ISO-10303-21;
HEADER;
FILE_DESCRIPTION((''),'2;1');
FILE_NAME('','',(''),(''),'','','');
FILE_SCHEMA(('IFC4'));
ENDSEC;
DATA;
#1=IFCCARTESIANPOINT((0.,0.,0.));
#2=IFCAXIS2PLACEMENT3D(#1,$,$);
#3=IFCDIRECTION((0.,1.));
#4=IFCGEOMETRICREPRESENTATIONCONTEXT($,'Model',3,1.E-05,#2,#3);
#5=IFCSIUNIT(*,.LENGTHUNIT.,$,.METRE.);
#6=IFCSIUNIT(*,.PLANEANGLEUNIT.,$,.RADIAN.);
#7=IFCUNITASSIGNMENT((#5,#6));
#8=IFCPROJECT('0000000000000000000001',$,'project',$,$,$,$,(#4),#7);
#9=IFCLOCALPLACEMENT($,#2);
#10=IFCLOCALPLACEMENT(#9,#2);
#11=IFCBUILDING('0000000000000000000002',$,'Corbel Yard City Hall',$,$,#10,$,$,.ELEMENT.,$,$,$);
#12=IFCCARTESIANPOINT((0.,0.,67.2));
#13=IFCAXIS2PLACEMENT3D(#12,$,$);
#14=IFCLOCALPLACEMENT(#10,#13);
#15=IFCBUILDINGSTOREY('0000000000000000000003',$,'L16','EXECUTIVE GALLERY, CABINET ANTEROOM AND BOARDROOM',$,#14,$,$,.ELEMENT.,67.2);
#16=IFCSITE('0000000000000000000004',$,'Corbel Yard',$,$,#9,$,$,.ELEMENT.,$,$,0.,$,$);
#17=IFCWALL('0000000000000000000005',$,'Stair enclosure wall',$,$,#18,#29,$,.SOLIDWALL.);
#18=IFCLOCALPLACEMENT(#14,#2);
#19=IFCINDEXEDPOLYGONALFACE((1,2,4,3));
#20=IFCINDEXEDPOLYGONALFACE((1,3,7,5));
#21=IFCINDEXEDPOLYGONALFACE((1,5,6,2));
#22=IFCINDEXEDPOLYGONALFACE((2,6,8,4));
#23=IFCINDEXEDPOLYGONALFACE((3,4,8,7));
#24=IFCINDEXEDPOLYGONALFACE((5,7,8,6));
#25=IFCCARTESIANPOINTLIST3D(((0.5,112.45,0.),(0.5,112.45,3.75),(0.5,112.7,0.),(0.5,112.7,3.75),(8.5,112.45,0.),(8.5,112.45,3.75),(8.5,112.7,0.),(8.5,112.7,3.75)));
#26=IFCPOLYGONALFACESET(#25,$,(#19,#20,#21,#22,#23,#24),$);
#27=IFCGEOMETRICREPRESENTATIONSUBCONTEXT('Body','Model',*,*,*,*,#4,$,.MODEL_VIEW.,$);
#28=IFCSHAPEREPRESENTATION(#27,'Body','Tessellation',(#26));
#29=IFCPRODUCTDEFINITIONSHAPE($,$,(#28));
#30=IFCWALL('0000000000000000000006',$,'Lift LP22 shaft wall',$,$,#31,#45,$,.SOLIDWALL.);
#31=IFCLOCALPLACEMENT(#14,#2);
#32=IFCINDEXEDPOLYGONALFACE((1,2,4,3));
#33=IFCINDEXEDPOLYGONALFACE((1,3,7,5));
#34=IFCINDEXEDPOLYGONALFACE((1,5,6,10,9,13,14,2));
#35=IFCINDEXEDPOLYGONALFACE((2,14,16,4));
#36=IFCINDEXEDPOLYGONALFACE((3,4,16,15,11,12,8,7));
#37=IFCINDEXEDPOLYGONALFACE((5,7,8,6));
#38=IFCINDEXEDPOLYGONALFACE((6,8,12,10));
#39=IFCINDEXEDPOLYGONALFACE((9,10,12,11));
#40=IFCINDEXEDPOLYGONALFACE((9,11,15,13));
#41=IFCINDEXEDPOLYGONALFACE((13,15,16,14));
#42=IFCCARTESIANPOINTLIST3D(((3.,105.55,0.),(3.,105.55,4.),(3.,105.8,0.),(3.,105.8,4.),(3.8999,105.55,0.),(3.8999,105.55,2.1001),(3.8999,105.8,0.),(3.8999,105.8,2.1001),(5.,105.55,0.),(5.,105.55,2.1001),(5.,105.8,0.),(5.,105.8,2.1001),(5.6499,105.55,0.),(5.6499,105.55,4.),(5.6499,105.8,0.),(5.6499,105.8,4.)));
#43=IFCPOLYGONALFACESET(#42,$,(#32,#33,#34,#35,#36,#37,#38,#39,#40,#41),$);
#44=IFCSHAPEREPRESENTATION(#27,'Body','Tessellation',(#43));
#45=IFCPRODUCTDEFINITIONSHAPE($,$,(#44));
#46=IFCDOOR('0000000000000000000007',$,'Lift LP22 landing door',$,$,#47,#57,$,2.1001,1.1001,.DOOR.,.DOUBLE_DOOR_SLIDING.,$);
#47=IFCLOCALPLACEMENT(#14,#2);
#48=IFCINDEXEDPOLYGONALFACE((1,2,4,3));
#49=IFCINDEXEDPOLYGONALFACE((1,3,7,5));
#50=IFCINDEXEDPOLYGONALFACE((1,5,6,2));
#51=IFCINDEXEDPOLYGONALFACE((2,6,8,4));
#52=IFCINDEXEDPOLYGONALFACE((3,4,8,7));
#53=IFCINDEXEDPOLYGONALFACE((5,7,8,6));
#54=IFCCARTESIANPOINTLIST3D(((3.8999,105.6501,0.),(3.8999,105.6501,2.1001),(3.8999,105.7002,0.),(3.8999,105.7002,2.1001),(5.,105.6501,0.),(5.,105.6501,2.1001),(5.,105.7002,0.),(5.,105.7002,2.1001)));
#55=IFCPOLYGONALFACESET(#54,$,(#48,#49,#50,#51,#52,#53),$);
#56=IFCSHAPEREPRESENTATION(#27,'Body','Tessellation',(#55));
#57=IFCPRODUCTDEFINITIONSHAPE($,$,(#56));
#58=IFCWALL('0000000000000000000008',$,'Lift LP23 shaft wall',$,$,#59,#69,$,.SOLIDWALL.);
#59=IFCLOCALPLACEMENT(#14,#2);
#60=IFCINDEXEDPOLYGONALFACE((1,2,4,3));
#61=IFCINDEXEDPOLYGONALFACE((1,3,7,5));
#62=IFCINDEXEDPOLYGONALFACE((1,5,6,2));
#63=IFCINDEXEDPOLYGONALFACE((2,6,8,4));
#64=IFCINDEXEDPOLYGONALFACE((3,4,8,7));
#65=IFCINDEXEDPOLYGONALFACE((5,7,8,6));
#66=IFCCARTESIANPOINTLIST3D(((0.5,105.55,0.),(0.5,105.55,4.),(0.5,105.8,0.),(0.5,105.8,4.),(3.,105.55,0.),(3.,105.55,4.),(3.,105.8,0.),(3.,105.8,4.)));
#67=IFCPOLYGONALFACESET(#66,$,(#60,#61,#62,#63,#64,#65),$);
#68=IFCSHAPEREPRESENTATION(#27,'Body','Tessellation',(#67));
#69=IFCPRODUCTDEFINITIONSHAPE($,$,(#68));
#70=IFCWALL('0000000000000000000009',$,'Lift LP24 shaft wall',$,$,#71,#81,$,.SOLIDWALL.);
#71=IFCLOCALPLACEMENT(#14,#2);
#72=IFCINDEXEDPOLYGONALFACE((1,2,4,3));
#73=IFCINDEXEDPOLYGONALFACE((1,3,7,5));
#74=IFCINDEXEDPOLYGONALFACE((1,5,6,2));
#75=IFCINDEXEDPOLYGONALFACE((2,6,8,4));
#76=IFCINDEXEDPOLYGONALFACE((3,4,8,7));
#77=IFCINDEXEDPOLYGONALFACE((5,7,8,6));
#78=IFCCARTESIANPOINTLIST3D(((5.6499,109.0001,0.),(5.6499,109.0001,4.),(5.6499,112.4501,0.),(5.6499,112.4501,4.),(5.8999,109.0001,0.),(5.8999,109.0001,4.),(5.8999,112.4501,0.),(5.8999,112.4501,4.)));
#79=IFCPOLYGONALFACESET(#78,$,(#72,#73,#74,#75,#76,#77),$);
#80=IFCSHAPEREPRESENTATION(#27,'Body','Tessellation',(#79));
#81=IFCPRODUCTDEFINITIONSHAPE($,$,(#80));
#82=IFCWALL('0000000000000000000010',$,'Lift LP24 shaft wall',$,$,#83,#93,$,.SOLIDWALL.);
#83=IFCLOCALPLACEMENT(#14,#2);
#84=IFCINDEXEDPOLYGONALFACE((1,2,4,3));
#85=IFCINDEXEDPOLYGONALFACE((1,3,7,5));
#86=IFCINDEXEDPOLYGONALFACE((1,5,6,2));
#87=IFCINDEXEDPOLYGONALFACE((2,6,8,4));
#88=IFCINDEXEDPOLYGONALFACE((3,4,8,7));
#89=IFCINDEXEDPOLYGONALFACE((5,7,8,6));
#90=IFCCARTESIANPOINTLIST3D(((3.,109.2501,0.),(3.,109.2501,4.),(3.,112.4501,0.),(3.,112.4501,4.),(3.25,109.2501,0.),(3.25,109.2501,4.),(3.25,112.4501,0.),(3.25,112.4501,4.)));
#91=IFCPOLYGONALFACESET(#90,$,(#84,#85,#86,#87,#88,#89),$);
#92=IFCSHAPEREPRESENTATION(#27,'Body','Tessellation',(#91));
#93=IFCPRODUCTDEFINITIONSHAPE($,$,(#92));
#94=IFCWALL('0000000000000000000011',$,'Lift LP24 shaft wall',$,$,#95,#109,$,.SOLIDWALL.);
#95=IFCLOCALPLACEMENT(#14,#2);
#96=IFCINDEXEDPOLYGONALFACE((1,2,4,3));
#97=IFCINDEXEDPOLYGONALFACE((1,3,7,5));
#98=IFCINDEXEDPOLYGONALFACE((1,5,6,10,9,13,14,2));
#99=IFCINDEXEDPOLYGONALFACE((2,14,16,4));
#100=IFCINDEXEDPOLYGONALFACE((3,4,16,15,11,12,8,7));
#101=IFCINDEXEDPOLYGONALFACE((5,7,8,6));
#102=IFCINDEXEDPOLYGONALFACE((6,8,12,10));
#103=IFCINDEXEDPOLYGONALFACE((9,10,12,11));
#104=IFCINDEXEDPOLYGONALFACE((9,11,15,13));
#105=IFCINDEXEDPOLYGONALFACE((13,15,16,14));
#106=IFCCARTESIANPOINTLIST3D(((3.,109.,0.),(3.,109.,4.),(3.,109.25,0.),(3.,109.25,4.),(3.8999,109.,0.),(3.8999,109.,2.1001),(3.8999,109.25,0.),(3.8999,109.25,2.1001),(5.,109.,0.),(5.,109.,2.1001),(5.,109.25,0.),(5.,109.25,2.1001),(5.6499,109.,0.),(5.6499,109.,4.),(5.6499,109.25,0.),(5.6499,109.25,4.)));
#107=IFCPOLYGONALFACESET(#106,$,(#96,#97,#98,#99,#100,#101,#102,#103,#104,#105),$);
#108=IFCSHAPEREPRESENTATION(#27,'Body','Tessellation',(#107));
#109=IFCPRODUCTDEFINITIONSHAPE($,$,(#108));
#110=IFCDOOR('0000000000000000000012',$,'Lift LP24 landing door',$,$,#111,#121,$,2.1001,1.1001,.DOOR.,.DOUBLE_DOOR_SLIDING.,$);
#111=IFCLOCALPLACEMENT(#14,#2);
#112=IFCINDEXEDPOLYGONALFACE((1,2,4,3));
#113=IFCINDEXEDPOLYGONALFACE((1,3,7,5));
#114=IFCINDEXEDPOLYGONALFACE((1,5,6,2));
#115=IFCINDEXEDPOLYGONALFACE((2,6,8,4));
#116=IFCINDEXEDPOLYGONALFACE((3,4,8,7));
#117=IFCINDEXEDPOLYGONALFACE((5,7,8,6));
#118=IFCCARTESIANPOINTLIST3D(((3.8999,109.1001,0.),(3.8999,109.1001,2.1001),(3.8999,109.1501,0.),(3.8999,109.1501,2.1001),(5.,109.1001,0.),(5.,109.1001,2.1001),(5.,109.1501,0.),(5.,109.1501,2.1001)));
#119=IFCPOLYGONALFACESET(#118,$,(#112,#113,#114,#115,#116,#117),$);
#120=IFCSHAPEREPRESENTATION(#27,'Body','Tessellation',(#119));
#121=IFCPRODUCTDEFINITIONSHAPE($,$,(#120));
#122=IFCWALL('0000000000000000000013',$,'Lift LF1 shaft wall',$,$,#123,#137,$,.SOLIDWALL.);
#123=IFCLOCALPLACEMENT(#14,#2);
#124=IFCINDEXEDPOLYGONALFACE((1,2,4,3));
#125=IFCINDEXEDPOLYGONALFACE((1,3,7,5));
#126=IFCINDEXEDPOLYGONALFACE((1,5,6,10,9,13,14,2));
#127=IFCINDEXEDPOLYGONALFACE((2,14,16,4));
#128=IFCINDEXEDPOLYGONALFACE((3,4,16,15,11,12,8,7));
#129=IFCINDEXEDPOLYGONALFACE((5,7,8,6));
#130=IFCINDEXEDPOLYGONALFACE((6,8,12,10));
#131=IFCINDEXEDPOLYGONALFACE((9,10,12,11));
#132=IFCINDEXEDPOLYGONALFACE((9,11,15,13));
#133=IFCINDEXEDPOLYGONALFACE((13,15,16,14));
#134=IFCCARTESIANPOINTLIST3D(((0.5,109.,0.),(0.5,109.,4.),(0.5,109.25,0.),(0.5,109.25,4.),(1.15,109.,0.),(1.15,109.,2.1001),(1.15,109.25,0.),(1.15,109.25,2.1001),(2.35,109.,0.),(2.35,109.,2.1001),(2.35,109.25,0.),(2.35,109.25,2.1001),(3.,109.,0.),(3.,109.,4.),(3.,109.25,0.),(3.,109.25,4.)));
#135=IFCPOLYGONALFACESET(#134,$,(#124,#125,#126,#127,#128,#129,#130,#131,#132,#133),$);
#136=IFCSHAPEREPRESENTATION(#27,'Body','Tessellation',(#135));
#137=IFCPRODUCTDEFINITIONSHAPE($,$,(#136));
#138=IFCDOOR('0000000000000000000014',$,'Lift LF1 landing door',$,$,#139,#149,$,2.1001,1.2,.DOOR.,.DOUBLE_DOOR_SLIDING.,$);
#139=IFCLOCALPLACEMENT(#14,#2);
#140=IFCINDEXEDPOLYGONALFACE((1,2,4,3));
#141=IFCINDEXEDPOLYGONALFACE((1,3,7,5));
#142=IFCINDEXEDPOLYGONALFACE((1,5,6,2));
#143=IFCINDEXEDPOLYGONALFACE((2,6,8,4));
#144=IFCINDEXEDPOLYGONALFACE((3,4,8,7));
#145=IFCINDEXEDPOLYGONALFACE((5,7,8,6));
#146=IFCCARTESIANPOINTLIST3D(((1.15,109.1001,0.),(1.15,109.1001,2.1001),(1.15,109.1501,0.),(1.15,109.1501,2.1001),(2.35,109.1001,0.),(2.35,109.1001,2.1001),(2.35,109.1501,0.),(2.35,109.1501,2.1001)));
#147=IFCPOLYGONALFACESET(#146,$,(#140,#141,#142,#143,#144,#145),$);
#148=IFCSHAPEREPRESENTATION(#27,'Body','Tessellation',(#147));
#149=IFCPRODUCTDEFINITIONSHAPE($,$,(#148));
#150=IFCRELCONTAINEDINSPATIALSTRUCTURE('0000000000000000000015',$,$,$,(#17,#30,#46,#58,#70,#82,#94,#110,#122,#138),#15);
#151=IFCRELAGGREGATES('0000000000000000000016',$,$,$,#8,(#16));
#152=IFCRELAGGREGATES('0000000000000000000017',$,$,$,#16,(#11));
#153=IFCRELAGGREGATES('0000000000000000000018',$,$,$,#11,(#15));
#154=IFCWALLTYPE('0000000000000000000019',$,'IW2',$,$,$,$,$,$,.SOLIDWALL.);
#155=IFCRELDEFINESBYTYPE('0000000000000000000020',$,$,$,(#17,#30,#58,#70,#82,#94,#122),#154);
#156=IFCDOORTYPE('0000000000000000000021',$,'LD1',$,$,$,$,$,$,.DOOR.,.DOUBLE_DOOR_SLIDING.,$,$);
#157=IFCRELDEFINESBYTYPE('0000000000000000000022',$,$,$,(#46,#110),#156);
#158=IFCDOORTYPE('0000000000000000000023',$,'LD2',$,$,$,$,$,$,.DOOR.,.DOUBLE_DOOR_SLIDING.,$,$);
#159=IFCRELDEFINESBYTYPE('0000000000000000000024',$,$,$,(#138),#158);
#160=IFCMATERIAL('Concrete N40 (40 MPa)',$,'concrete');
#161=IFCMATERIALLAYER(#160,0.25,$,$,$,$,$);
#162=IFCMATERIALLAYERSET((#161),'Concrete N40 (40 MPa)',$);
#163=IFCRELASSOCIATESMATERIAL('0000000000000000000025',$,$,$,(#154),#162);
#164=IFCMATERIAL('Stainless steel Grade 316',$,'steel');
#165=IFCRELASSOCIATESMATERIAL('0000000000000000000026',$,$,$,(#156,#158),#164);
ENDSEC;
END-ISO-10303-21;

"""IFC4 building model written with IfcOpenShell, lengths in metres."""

from ifc_helpers import new_model, si_unit, direction, frame, frame_2d, origin, place, context, subcontext, project, spatial, rectangle, extrude, material, layer, layer_set, type_object, element, fill, save


model = new_model("IFC4")

# Units and contexts
model_context = context("Model", 3, precision=1e-05, world=origin(), true_north=direction((0.0, 1.0)))
body_context = subcontext(model_context, "Body", "Model", "MODEL_VIEW")
ifc_project = project(units=[si_unit("LENGTHUNIT", "METRE"), si_unit("PLANEANGLEUNIT", "RADIAN")], contexts=[model_context])

# Site, building, storey
site_placement = place(None, origin())
site = spatial("IfcSite", under=ifc_project, at=site_placement, Name="Corbel Yard", CompositionType="ELEMENT", RefElevation=0.0)
building_placement = place(site_placement, origin())
building = spatial("IfcBuilding", under=site, at=building_placement, Name="Corbel Yard City Hall", CompositionType="ELEMENT")
storey_placement = place(building_placement, frame((0.0, 0.0, 67.2)))
storey = spatial("IfcBuildingStorey", under=building, at=storey_placement, Name="L16", Description="EXECUTIVE GALLERY, CABINET ANTEROOM AND BOARDROOM", CompositionType="ELEMENT", Elevation=67.2)

# Wall
ifc_material_1 = material(Name="Concrete N40 (40 MPa)", Category="concrete")
ifc_layer_1 = layer(ifc_material_1, 0.25)
ifc_layer_set_1 = layer_set([ifc_layer_1], Name="Concrete N40 (40 MPa)")
wall_type_1 = type_object("IfcWallType", Name="IW2", PredefinedType="SOLIDWALL", material=ifc_layer_set_1)
wall_1_placement = place(storey_placement, frame((8.5, 112.575, 0.0), z_axis=(0.0, 0.0, 1.0), x_axis=(-1.0, 0.0, 0.0)))
element("IfcWall", 1, at=wall_1_placement, inside=storey, type_object=wall_type_1, Name="Stair enclosure wall", PredefinedType="SOLIDWALL", context=body_context, shape_type="SweptSolid", body=[
    extrude(rectangle(XDim=8.0, YDim=0.25, at=frame_2d((4.0, 0.0))), origin(), (0.0, 0.0, 1.0), 3.75),
])

# Wall, opening, door
wall_2_placement = place(storey_placement, frame((5.6499, 105.675, 0.0), z_axis=(0.0, 0.0, 1.0), x_axis=(-1.0, 0.0, 0.0)))
wall_2 = element("IfcWall", 2, at=wall_2_placement, inside=storey, type_object=wall_type_1, Name="Lift LP22 shaft wall", PredefinedType="SOLIDWALL", context=body_context, shape_type="SweptSolid", body=[
    extrude(rectangle(XDim=2.6499, YDim=0.25, at=frame_2d((1.325, 0.0))), origin(), (0.0, 0.0, 1.0), 4.0),
])
opening_1_placement = place(wall_2_placement, frame((0.6499, 0.0, 0.0)))
opening_1 = element("IfcOpeningElement", 3, at=opening_1_placement, cuts=wall_2, PredefinedType="OPENING", context=body_context, shape_type="SweptSolid", body=[
    extrude(rectangle(XDim=1.1001, YDim=2.1001, at=frame_2d((0.55, 1.05))), frame((0.0, 0.135, 0.0), z_axis=(0.0, -1.0, 0.0), x_axis=(1.0, 0.0, 0.0)), (0.0, 0.0, 1.0), 0.27),
])
ifc_material_2 = material(Name="Stainless steel Grade 316", Category="steel")
door_type_1 = type_object("IfcDoorType", Name="LD1", OperationType="DOUBLE_DOOR_SLIDING", PredefinedType="DOOR", material=ifc_material_2)
door_1_placement = place(opening_1_placement, origin())
door_1 = element("IfcDoor", 4, at=door_1_placement, inside=storey, type_object=door_type_1, Name="Lift LP22 landing door", OperationType="DOUBLE_DOOR_SLIDING", OverallHeight=2.1001, OverallWidth=1.1001, PredefinedType="DOOR", context=body_context, shape_type="SweptSolid", body=[
    extrude(rectangle(XDim=1.1001, YDim=2.1001, at=frame_2d((0.55, 1.05))), frame((0.0, 0.0249, 0.0), z_axis=(0.0, -1.0, 0.0), x_axis=(1.0, 0.0, 0.0)), (0.0, 0.0, 1.0), 0.05),
])
fill(opening_1, door_1)

# Walls
wall_3_placement = place(storey_placement, frame((3.0, 105.675, 0.0), z_axis=(0.0, 0.0, 1.0), x_axis=(-1.0, 0.0, 0.0)))
element("IfcWall", 5, at=wall_3_placement, inside=storey, type_object=wall_type_1, Name="Lift LP23 shaft wall", PredefinedType="SOLIDWALL", context=body_context, shape_type="SweptSolid", body=[
    extrude(rectangle(XDim=2.5, YDim=0.25, at=frame_2d((1.25, 0.0))), origin(), (0.0, 0.0, 1.0), 4.0),
])
wall_4_placement = place(storey_placement, frame((5.7749, 109.0, 0.0), z_axis=(0.0, 0.0, 1.0), x_axis=(0.0, 1.0, 0.0)))
element("IfcWall", 6, at=wall_4_placement, inside=storey, type_object=wall_type_1, Name="Lift LP24 shaft wall", PredefinedType="SOLIDWALL", context=body_context, shape_type="SweptSolid", body=[
    extrude(rectangle(XDim=3.45, YDim=0.25, at=frame_2d((1.7251, 0.0))), origin(), (0.0, 0.0, 1.0), 4.0),
])
wall_5_placement = place(storey_placement, frame((3.125, 109.25, 0.0), z_axis=(0.0, 0.0, 1.0), x_axis=(0.0, 1.0, 0.0)))
element("IfcWall", 7, at=wall_5_placement, inside=storey, type_object=wall_type_1, Name="Lift LP24 shaft wall", PredefinedType="SOLIDWALL", context=body_context, shape_type="SweptSolid", body=[
    extrude(rectangle(XDim=3.2, YDim=0.25, at=frame_2d((1.6001, 0.0))), origin(), (0.0, 0.0, 1.0), 4.0),
])

# Walls, openings, doors
wall_6_placement = place(storey_placement, frame((5.6499, 109.125, 0.0), z_axis=(0.0, 0.0, 1.0), x_axis=(-1.0, 0.0, 0.0)))
wall_6 = element("IfcWall", 8, at=wall_6_placement, inside=storey, type_object=wall_type_1, Name="Lift LP24 shaft wall", PredefinedType="SOLIDWALL", context=body_context, shape_type="SweptSolid", body=[
    extrude(rectangle(XDim=2.6499, YDim=0.25, at=frame_2d((1.325, 0.0))), origin(), (0.0, 0.0, 1.0), 4.0),
])
opening_2_placement = place(wall_6_placement, frame((0.6499, 0.0, 0.0)))
opening_2 = element("IfcOpeningElement", 9, at=opening_2_placement, cuts=wall_6, PredefinedType="OPENING", context=body_context, shape_type="SweptSolid", body=[
    extrude(rectangle(XDim=1.1001, YDim=2.1001, at=frame_2d((0.55, 1.05))), frame((0.0, 0.135, 0.0), z_axis=(0.0, -1.0, 0.0), x_axis=(1.0, 0.0, 0.0)), (0.0, 0.0, 1.0), 0.27),
])
door_2_placement = place(opening_2_placement, origin())
door_2 = element("IfcDoor", 10, at=door_2_placement, inside=storey, type_object=door_type_1, Name="Lift LP24 landing door", OperationType="DOUBLE_DOOR_SLIDING", OverallHeight=2.1001, OverallWidth=1.1001, PredefinedType="DOOR", context=body_context, shape_type="SweptSolid", body=[
    extrude(rectangle(XDim=1.1001, YDim=2.1001, at=frame_2d((0.55, 1.05))), frame((0.0, 0.0249, 0.0), z_axis=(0.0, -1.0, 0.0), x_axis=(1.0, 0.0, 0.0)), (0.0, 0.0, 1.0), 0.05),
])
fill(opening_2, door_2)
wall_7_placement = place(storey_placement, frame((3.0, 109.125, 0.0), z_axis=(0.0, 0.0, 1.0), x_axis=(-1.0, 0.0, 0.0)))
wall_7 = element("IfcWall", 11, at=wall_7_placement, inside=storey, type_object=wall_type_1, Name="Lift LF1 shaft wall", PredefinedType="SOLIDWALL", context=body_context, shape_type="SweptSolid", body=[
    extrude(rectangle(XDim=2.5, YDim=0.25, at=frame_2d((1.25, 0.0))), origin(), (0.0, 0.0, 1.0), 4.0),
])
opening_3_placement = place(wall_7_placement, frame((0.6499, 0.0, 0.0)))
opening_3 = element("IfcOpeningElement", 12, at=opening_3_placement, cuts=wall_7, PredefinedType="OPENING", context=body_context, shape_type="SweptSolid", body=[
    extrude(rectangle(XDim=1.2, YDim=2.1001, at=frame_2d((0.6001, 1.05))), frame((0.0, 0.135, 0.0), z_axis=(0.0, -1.0, 0.0), x_axis=(1.0, 0.0, 0.0)), (0.0, 0.0, 1.0), 0.27),
])
door_type_2 = type_object("IfcDoorType", Name="LD2", OperationType="DOUBLE_DOOR_SLIDING", PredefinedType="DOOR", material=ifc_material_2)
door_3_placement = place(opening_3_placement, origin())
door_3 = element("IfcDoor", 13, at=door_3_placement, inside=storey, type_object=door_type_2, Name="Lift LF1 landing door", OperationType="DOUBLE_DOOR_SLIDING", OverallHeight=2.1001, OverallWidth=1.2, PredefinedType="DOOR", context=body_context, shape_type="SweptSolid", body=[
    extrude(rectangle(XDim=1.2, YDim=2.1001, at=frame_2d((0.6001, 1.05))), frame((0.0, 0.0249, 0.0), z_axis=(0.0, -1.0, 0.0), x_axis=(1.0, 0.0, 0.0)), (0.0, 0.0, 1.0), 0.05),
])
fill(opening_3, door_3)

save(model, "model.ifc")
